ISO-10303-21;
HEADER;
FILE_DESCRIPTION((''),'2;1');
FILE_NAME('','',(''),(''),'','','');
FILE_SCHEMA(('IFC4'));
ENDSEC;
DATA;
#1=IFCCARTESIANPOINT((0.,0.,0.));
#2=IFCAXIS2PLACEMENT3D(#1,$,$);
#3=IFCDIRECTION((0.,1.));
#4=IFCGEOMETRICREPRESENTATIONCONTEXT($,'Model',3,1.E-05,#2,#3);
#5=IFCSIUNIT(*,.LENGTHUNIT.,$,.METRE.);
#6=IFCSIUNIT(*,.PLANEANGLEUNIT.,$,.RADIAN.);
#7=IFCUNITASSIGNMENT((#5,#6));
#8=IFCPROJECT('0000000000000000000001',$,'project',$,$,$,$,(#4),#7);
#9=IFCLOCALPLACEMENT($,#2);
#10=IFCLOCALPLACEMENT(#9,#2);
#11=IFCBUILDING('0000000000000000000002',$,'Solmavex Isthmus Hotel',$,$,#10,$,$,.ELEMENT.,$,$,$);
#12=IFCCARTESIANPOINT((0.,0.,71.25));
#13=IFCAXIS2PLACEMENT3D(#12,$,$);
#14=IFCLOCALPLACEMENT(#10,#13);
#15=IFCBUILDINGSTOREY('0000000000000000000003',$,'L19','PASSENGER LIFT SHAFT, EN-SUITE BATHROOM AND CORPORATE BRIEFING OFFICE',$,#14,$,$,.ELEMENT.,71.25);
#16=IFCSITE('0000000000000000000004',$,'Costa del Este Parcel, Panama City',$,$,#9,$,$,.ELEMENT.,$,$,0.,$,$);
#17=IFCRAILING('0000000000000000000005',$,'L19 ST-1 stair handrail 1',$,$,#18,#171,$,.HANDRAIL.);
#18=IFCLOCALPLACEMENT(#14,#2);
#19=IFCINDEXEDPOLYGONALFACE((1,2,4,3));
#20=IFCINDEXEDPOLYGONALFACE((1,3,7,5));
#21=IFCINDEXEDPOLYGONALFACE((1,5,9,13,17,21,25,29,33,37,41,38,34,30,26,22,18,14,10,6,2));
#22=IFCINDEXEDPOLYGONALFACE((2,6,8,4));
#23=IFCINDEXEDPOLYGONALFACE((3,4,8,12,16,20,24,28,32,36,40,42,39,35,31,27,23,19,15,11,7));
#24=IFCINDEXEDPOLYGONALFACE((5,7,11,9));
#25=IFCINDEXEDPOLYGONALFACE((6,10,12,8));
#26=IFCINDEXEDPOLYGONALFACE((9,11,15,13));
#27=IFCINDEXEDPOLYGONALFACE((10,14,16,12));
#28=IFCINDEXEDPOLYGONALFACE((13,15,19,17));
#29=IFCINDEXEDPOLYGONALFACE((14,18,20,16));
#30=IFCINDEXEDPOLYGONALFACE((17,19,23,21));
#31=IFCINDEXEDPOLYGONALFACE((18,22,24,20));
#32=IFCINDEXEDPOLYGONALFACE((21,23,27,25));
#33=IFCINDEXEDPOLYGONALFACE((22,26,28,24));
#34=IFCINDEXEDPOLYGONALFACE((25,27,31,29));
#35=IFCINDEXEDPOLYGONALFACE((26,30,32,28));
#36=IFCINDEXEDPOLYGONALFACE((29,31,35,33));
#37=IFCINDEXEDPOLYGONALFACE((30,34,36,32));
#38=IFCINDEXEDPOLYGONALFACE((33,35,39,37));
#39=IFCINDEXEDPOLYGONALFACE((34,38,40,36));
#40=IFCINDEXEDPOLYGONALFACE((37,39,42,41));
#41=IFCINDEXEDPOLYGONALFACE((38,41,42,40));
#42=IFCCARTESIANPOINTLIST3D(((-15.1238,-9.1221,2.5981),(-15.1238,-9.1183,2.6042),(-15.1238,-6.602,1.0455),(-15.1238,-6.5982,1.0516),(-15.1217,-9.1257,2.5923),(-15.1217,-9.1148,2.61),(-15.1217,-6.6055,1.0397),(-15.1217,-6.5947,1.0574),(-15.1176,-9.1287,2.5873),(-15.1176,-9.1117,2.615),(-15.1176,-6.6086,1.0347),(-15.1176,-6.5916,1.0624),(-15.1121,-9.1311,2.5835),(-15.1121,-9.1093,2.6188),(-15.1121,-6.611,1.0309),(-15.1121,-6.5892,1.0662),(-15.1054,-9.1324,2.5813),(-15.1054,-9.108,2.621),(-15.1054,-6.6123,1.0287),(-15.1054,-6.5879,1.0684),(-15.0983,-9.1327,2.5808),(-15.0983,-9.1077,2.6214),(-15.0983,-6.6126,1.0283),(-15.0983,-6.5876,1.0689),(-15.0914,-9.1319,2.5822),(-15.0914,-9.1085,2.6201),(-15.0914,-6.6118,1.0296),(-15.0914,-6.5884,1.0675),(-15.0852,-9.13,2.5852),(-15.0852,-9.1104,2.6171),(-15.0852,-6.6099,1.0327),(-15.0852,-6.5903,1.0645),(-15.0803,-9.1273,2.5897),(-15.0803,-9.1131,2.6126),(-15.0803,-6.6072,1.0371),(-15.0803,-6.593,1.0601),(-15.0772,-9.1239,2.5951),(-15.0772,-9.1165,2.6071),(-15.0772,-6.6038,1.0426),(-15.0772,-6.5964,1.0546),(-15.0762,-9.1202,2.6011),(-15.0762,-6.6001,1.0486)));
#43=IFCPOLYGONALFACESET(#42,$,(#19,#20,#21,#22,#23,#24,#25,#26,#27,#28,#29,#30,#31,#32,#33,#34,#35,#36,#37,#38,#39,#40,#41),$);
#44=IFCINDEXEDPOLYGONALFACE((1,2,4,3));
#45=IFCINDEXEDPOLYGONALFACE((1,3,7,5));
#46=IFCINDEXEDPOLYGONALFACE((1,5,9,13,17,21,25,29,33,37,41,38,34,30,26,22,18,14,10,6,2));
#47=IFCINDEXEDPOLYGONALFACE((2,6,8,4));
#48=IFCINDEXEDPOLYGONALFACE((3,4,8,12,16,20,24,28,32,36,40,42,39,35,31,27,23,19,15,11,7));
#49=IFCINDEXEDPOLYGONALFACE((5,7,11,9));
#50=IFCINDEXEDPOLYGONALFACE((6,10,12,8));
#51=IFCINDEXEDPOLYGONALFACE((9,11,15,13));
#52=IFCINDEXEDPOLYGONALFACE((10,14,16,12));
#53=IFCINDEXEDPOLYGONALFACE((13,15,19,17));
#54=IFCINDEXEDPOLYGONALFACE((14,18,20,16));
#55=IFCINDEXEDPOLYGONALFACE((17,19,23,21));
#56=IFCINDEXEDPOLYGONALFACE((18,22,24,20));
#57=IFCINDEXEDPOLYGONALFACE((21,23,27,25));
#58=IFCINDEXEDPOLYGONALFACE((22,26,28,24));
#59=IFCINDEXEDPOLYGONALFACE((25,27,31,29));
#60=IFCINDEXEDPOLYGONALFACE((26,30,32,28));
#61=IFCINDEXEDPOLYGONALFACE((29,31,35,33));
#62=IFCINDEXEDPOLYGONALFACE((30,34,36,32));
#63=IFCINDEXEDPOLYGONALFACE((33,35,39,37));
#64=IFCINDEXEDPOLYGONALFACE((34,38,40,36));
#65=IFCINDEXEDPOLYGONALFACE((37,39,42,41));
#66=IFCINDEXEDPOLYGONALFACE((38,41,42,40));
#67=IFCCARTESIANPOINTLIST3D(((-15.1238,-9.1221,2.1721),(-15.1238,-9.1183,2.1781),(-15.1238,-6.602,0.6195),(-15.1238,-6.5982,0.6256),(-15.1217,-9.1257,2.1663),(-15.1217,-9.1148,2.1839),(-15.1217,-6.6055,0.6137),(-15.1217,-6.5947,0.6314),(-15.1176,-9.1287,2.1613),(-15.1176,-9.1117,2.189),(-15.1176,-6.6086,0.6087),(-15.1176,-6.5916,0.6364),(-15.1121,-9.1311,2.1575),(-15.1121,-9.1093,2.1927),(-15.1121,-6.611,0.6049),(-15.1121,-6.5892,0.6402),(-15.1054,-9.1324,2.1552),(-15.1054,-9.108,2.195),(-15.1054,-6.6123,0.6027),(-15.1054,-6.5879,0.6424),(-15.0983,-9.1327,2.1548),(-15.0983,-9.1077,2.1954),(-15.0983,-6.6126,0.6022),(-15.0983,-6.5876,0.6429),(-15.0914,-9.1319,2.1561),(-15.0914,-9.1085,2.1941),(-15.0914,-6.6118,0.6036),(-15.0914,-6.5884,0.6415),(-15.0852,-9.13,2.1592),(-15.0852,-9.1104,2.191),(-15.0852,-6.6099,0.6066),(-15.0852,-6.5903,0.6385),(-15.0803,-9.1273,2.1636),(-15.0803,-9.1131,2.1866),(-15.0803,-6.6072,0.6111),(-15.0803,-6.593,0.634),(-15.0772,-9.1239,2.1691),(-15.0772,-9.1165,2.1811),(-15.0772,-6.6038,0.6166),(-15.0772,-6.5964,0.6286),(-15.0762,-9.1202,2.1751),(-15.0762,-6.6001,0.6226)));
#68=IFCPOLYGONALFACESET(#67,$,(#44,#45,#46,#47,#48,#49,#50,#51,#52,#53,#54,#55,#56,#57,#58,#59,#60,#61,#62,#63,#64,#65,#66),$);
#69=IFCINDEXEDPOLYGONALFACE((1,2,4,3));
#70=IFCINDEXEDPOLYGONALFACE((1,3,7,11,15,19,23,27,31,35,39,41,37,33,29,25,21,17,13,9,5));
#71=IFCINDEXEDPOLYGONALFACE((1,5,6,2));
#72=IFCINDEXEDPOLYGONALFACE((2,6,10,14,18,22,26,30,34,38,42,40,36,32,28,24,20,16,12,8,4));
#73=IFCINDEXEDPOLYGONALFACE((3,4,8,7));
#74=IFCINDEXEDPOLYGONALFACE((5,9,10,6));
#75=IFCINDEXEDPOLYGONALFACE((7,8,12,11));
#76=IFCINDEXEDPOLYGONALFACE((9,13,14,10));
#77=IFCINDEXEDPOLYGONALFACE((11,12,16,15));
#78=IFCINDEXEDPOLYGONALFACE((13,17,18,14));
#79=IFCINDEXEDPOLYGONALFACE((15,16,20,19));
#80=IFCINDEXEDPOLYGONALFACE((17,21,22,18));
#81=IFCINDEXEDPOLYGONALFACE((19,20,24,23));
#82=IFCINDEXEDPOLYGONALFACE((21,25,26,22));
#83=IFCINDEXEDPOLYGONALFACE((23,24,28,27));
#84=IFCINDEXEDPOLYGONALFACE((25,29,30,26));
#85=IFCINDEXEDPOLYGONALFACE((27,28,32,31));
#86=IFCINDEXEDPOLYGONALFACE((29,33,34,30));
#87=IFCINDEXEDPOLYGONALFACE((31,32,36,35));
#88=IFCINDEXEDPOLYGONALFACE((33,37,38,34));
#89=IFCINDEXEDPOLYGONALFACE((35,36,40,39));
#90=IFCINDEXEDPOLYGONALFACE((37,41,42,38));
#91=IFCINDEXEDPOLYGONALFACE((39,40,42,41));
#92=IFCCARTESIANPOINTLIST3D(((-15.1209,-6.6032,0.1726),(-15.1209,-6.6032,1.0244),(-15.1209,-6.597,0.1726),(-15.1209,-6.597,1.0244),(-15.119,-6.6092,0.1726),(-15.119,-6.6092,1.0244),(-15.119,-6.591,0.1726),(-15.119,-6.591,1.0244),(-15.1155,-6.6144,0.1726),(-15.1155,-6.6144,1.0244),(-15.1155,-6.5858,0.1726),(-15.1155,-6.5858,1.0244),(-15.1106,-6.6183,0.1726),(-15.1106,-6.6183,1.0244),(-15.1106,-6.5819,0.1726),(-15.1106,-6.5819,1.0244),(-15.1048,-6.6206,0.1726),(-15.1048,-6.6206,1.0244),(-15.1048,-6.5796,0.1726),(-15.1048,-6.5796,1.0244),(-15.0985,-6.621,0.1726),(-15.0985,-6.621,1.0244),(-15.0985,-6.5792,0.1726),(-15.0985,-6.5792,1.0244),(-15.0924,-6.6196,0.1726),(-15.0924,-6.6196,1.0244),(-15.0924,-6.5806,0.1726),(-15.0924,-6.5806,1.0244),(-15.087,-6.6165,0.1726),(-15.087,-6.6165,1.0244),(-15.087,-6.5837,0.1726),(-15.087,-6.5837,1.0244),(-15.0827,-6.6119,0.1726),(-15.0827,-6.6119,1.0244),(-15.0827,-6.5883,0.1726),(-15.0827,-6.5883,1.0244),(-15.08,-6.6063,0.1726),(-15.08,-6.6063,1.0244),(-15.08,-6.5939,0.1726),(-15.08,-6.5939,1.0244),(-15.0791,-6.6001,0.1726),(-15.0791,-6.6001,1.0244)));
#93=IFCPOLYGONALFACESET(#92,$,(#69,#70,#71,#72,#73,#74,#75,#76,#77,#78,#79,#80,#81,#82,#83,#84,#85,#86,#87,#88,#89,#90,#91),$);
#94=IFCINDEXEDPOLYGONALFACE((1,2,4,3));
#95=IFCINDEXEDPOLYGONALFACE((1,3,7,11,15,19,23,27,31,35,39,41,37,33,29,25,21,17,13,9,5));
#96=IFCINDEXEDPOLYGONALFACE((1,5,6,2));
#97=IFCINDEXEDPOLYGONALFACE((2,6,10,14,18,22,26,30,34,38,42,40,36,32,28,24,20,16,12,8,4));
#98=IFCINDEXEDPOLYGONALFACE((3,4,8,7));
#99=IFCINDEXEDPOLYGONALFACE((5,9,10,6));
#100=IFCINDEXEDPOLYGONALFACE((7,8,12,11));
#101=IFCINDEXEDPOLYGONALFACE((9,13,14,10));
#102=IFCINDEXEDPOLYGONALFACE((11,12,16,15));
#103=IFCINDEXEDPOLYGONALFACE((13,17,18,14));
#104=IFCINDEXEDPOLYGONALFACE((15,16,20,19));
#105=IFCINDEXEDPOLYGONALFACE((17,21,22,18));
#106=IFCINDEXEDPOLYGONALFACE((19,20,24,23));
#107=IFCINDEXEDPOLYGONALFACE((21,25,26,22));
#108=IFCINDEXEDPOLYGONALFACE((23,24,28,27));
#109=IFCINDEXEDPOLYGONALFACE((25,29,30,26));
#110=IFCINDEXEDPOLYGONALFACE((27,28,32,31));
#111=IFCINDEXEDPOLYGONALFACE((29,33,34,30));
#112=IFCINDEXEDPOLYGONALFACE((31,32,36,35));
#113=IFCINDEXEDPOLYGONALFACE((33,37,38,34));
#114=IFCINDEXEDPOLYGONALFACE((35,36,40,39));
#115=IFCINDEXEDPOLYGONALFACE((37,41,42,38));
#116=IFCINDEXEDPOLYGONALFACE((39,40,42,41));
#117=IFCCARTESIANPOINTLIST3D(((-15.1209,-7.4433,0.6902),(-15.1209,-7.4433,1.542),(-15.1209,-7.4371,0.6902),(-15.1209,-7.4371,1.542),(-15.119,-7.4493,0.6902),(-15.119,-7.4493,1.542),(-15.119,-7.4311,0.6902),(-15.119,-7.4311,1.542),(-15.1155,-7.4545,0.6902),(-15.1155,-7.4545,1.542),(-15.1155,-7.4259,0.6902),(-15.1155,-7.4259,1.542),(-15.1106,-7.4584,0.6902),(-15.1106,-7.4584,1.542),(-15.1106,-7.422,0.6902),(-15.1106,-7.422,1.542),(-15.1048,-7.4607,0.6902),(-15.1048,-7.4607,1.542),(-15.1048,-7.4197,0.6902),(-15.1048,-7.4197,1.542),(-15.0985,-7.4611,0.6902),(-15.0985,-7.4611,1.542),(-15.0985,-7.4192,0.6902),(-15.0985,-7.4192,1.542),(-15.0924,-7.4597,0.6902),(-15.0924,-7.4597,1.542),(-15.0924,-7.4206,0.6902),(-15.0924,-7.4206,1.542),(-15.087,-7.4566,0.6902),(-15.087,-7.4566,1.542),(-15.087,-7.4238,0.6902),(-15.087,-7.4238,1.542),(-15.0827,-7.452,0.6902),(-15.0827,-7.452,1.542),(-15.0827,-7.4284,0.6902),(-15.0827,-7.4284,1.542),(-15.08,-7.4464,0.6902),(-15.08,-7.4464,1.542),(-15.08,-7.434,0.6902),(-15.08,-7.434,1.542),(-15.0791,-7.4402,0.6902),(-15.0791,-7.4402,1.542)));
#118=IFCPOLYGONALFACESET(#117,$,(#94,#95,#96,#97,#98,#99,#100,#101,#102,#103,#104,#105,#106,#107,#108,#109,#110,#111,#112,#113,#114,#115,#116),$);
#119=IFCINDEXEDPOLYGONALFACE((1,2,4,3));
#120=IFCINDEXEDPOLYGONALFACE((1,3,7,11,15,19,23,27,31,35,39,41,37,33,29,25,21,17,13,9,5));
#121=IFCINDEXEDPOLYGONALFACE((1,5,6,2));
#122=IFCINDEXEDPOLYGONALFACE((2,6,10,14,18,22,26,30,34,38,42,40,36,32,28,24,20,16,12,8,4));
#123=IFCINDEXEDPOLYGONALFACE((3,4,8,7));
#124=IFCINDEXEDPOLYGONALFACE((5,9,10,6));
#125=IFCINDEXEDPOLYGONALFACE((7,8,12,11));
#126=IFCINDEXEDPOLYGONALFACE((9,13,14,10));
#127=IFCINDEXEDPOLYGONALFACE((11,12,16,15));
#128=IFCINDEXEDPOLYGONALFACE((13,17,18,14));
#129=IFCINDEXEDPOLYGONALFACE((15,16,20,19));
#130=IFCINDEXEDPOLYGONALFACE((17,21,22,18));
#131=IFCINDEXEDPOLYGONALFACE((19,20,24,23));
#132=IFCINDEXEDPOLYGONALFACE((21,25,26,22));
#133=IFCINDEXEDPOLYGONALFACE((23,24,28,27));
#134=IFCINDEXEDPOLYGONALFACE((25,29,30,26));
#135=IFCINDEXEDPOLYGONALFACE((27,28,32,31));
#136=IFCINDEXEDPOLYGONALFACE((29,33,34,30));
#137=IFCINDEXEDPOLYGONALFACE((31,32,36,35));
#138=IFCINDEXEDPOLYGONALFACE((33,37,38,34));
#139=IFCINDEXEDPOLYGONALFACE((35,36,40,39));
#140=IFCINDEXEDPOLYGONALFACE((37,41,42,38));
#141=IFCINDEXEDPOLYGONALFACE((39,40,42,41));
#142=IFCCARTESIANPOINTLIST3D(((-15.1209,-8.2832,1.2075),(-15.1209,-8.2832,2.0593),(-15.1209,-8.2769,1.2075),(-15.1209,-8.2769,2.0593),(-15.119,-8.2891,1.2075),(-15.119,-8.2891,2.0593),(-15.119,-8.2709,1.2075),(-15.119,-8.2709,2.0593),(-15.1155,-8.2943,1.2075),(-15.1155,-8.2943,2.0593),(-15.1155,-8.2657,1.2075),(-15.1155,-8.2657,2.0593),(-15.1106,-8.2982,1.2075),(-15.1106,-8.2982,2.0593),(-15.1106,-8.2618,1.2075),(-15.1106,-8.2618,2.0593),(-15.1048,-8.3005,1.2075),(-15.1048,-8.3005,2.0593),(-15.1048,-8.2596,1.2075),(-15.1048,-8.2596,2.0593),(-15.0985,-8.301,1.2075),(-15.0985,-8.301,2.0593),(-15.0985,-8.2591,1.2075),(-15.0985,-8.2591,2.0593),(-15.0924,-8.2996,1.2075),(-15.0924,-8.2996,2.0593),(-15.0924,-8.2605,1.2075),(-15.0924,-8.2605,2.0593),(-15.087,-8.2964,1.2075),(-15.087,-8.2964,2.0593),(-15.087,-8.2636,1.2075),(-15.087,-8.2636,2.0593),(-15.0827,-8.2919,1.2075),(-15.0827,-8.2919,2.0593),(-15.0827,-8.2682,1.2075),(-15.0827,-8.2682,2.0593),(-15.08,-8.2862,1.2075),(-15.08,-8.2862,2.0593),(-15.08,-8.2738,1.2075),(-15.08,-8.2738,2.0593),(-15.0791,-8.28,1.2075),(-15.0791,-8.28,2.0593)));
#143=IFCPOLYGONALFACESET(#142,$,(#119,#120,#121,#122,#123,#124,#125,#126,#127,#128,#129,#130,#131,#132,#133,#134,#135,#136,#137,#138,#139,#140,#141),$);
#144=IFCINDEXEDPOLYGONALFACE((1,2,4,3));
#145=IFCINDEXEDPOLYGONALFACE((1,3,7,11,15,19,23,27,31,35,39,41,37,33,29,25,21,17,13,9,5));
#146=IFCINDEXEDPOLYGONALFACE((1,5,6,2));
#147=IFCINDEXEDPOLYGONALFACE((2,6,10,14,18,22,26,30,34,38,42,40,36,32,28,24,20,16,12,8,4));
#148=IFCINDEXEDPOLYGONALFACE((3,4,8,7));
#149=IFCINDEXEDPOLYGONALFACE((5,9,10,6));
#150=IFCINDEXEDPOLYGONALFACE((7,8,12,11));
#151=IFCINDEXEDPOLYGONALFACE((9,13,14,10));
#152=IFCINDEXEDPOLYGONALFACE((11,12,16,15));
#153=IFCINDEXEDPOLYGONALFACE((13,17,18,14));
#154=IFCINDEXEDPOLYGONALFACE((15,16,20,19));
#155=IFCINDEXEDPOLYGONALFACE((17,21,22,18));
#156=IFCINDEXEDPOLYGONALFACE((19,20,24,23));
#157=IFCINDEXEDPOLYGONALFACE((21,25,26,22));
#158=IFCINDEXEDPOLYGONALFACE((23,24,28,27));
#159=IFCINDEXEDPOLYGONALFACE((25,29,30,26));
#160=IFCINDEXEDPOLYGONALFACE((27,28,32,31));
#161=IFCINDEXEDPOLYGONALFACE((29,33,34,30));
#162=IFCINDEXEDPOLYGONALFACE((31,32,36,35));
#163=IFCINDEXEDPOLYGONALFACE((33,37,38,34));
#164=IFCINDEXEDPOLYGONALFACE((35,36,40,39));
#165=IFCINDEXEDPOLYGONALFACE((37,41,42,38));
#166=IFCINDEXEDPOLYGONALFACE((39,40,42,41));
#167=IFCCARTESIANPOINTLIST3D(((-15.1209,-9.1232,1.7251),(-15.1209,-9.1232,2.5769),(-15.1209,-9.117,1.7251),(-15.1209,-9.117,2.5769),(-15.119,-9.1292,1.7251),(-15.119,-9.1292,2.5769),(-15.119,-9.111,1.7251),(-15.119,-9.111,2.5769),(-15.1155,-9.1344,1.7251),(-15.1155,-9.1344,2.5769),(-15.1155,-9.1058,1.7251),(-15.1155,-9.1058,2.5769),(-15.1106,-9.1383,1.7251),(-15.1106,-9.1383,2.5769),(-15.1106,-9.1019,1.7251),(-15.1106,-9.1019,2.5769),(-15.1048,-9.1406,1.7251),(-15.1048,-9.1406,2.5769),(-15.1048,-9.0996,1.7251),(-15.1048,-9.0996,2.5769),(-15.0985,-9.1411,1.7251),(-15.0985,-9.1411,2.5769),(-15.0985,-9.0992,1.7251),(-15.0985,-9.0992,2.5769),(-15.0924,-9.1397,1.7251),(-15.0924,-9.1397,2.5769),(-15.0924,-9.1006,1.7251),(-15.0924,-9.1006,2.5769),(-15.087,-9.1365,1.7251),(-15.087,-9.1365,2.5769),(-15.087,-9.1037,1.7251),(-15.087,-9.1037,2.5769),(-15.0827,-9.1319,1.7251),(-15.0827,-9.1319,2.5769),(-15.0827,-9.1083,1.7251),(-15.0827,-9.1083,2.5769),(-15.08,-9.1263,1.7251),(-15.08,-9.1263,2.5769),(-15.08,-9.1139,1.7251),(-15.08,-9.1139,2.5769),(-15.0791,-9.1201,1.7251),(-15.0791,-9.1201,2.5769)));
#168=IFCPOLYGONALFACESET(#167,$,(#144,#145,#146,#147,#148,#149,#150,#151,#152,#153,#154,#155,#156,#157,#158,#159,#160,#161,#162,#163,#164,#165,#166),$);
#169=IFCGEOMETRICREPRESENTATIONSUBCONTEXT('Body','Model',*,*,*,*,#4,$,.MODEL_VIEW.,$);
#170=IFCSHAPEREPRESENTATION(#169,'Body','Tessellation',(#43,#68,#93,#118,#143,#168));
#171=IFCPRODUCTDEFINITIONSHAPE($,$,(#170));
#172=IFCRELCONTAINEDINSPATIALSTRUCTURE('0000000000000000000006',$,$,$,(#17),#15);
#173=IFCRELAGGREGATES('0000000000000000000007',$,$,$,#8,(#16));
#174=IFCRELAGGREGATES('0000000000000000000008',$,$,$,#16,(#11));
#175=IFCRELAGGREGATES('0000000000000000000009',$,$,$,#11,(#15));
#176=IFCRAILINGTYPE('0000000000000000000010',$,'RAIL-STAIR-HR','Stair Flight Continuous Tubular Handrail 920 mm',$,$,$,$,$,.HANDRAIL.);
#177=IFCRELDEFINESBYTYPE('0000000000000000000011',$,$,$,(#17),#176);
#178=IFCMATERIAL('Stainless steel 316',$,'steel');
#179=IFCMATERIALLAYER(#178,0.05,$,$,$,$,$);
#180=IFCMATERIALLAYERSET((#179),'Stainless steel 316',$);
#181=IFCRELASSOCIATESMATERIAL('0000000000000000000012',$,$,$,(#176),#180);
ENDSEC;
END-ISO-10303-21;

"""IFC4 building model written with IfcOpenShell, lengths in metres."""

from ifc_helpers import new_model, si_unit, direction, frame, origin, origin_2d, place, context, subcontext, project, spatial, circle, extrude, material, layer, layer_set, type_object, element, save


model = new_model("IFC4")

# Units and contexts
model_context = context("Model", 3, precision=1e-05, world=origin(), true_north=direction((0.0, 1.0)))
body_context = subcontext(model_context, "Body", "Model", "MODEL_VIEW")
ifc_project = project(units=[si_unit("LENGTHUNIT", "METRE"), si_unit("PLANEANGLEUNIT", "RADIAN")], contexts=[model_context])

# Site, building, storey
site_placement = place(None, origin())
site = spatial("IfcSite", under=ifc_project, at=site_placement, Name="Costa del Este Parcel, Panama City", CompositionType="ELEMENT", RefElevation=0.0)
building_placement = place(site_placement, origin())
building = spatial("IfcBuilding", under=site, at=building_placement, Name="Solmavex Isthmus Hotel", CompositionType="ELEMENT")
storey_placement = place(building_placement, frame((0.0, 0.0, 71.25)))
storey = spatial("IfcBuildingStorey", under=building, at=storey_placement, Name="L19", Description="PASSENGER LIFT SHAFT, EN-SUITE BATHROOM AND CORPORATE BRIEFING OFFICE", CompositionType="ELEMENT", Elevation=71.25)

# Shared definitions
ifc_material_1 = material(Name="Stainless steel 316", Category="steel")

# Railing
ifc_layer_1 = layer(ifc_material_1, 0.05)
ifc_layer_set_1 = layer_set([ifc_layer_1], Name="Stainless steel 316")
railing_type_1 = type_object("IfcRailingType", Name="RAIL-STAIR-HR", Description="Stair Flight Continuous Tubular Handrail 920 mm", PredefinedType="HANDRAIL", material=ifc_layer_set_1)
railing_1_placement = place(storey_placement, frame((-15.1001, -6.6001, 0.1726)))
element("IfcRailing", 1, at=railing_1_placement, inside=storey, type_object=railing_type_1, Name="L19 ST-1 stair handrail 1", PredefinedType="HANDRAIL", context=body_context, shape_type="SweptSolid", body=[
    extrude(circle(Radius=0.0239, at=origin_2d()), frame((0.0, 0.0, 0.876), z_axis=(0.0, -0.8514, 0.524516), x_axis=(1.0, 0.0, 0.0)), (0.0, 0.0, 1.0), 2.96),
    extrude(circle(Radius=0.0239, at=origin_2d()), frame((0.0, 0.0, 0.45), z_axis=(0.0, -0.8514, 0.524516), x_axis=(1.0, 0.0, 0.0)), (0.0, 0.0, 1.0), 2.96),
    extrude(circle(Radius=0.021, at=origin_2d()), origin(), (0.0, 0.0, 1.0), 0.8518),
    extrude(circle(Radius=0.021, at=origin_2d()), frame((0.0, -0.8401, 0.5176)), (0.0, 0.0, 1.0), 0.8518),
    extrude(circle(Radius=0.021, at=origin_2d()), frame((0.0, -1.6799, 1.0349)), (0.0, 0.0, 1.0), 0.8518),
    extrude(circle(Radius=0.021, at=origin_2d()), frame((0.0, -2.52, 1.5525)), (0.0, 0.0, 1.0), 0.8518),
])

save(model, "model.ifc")
